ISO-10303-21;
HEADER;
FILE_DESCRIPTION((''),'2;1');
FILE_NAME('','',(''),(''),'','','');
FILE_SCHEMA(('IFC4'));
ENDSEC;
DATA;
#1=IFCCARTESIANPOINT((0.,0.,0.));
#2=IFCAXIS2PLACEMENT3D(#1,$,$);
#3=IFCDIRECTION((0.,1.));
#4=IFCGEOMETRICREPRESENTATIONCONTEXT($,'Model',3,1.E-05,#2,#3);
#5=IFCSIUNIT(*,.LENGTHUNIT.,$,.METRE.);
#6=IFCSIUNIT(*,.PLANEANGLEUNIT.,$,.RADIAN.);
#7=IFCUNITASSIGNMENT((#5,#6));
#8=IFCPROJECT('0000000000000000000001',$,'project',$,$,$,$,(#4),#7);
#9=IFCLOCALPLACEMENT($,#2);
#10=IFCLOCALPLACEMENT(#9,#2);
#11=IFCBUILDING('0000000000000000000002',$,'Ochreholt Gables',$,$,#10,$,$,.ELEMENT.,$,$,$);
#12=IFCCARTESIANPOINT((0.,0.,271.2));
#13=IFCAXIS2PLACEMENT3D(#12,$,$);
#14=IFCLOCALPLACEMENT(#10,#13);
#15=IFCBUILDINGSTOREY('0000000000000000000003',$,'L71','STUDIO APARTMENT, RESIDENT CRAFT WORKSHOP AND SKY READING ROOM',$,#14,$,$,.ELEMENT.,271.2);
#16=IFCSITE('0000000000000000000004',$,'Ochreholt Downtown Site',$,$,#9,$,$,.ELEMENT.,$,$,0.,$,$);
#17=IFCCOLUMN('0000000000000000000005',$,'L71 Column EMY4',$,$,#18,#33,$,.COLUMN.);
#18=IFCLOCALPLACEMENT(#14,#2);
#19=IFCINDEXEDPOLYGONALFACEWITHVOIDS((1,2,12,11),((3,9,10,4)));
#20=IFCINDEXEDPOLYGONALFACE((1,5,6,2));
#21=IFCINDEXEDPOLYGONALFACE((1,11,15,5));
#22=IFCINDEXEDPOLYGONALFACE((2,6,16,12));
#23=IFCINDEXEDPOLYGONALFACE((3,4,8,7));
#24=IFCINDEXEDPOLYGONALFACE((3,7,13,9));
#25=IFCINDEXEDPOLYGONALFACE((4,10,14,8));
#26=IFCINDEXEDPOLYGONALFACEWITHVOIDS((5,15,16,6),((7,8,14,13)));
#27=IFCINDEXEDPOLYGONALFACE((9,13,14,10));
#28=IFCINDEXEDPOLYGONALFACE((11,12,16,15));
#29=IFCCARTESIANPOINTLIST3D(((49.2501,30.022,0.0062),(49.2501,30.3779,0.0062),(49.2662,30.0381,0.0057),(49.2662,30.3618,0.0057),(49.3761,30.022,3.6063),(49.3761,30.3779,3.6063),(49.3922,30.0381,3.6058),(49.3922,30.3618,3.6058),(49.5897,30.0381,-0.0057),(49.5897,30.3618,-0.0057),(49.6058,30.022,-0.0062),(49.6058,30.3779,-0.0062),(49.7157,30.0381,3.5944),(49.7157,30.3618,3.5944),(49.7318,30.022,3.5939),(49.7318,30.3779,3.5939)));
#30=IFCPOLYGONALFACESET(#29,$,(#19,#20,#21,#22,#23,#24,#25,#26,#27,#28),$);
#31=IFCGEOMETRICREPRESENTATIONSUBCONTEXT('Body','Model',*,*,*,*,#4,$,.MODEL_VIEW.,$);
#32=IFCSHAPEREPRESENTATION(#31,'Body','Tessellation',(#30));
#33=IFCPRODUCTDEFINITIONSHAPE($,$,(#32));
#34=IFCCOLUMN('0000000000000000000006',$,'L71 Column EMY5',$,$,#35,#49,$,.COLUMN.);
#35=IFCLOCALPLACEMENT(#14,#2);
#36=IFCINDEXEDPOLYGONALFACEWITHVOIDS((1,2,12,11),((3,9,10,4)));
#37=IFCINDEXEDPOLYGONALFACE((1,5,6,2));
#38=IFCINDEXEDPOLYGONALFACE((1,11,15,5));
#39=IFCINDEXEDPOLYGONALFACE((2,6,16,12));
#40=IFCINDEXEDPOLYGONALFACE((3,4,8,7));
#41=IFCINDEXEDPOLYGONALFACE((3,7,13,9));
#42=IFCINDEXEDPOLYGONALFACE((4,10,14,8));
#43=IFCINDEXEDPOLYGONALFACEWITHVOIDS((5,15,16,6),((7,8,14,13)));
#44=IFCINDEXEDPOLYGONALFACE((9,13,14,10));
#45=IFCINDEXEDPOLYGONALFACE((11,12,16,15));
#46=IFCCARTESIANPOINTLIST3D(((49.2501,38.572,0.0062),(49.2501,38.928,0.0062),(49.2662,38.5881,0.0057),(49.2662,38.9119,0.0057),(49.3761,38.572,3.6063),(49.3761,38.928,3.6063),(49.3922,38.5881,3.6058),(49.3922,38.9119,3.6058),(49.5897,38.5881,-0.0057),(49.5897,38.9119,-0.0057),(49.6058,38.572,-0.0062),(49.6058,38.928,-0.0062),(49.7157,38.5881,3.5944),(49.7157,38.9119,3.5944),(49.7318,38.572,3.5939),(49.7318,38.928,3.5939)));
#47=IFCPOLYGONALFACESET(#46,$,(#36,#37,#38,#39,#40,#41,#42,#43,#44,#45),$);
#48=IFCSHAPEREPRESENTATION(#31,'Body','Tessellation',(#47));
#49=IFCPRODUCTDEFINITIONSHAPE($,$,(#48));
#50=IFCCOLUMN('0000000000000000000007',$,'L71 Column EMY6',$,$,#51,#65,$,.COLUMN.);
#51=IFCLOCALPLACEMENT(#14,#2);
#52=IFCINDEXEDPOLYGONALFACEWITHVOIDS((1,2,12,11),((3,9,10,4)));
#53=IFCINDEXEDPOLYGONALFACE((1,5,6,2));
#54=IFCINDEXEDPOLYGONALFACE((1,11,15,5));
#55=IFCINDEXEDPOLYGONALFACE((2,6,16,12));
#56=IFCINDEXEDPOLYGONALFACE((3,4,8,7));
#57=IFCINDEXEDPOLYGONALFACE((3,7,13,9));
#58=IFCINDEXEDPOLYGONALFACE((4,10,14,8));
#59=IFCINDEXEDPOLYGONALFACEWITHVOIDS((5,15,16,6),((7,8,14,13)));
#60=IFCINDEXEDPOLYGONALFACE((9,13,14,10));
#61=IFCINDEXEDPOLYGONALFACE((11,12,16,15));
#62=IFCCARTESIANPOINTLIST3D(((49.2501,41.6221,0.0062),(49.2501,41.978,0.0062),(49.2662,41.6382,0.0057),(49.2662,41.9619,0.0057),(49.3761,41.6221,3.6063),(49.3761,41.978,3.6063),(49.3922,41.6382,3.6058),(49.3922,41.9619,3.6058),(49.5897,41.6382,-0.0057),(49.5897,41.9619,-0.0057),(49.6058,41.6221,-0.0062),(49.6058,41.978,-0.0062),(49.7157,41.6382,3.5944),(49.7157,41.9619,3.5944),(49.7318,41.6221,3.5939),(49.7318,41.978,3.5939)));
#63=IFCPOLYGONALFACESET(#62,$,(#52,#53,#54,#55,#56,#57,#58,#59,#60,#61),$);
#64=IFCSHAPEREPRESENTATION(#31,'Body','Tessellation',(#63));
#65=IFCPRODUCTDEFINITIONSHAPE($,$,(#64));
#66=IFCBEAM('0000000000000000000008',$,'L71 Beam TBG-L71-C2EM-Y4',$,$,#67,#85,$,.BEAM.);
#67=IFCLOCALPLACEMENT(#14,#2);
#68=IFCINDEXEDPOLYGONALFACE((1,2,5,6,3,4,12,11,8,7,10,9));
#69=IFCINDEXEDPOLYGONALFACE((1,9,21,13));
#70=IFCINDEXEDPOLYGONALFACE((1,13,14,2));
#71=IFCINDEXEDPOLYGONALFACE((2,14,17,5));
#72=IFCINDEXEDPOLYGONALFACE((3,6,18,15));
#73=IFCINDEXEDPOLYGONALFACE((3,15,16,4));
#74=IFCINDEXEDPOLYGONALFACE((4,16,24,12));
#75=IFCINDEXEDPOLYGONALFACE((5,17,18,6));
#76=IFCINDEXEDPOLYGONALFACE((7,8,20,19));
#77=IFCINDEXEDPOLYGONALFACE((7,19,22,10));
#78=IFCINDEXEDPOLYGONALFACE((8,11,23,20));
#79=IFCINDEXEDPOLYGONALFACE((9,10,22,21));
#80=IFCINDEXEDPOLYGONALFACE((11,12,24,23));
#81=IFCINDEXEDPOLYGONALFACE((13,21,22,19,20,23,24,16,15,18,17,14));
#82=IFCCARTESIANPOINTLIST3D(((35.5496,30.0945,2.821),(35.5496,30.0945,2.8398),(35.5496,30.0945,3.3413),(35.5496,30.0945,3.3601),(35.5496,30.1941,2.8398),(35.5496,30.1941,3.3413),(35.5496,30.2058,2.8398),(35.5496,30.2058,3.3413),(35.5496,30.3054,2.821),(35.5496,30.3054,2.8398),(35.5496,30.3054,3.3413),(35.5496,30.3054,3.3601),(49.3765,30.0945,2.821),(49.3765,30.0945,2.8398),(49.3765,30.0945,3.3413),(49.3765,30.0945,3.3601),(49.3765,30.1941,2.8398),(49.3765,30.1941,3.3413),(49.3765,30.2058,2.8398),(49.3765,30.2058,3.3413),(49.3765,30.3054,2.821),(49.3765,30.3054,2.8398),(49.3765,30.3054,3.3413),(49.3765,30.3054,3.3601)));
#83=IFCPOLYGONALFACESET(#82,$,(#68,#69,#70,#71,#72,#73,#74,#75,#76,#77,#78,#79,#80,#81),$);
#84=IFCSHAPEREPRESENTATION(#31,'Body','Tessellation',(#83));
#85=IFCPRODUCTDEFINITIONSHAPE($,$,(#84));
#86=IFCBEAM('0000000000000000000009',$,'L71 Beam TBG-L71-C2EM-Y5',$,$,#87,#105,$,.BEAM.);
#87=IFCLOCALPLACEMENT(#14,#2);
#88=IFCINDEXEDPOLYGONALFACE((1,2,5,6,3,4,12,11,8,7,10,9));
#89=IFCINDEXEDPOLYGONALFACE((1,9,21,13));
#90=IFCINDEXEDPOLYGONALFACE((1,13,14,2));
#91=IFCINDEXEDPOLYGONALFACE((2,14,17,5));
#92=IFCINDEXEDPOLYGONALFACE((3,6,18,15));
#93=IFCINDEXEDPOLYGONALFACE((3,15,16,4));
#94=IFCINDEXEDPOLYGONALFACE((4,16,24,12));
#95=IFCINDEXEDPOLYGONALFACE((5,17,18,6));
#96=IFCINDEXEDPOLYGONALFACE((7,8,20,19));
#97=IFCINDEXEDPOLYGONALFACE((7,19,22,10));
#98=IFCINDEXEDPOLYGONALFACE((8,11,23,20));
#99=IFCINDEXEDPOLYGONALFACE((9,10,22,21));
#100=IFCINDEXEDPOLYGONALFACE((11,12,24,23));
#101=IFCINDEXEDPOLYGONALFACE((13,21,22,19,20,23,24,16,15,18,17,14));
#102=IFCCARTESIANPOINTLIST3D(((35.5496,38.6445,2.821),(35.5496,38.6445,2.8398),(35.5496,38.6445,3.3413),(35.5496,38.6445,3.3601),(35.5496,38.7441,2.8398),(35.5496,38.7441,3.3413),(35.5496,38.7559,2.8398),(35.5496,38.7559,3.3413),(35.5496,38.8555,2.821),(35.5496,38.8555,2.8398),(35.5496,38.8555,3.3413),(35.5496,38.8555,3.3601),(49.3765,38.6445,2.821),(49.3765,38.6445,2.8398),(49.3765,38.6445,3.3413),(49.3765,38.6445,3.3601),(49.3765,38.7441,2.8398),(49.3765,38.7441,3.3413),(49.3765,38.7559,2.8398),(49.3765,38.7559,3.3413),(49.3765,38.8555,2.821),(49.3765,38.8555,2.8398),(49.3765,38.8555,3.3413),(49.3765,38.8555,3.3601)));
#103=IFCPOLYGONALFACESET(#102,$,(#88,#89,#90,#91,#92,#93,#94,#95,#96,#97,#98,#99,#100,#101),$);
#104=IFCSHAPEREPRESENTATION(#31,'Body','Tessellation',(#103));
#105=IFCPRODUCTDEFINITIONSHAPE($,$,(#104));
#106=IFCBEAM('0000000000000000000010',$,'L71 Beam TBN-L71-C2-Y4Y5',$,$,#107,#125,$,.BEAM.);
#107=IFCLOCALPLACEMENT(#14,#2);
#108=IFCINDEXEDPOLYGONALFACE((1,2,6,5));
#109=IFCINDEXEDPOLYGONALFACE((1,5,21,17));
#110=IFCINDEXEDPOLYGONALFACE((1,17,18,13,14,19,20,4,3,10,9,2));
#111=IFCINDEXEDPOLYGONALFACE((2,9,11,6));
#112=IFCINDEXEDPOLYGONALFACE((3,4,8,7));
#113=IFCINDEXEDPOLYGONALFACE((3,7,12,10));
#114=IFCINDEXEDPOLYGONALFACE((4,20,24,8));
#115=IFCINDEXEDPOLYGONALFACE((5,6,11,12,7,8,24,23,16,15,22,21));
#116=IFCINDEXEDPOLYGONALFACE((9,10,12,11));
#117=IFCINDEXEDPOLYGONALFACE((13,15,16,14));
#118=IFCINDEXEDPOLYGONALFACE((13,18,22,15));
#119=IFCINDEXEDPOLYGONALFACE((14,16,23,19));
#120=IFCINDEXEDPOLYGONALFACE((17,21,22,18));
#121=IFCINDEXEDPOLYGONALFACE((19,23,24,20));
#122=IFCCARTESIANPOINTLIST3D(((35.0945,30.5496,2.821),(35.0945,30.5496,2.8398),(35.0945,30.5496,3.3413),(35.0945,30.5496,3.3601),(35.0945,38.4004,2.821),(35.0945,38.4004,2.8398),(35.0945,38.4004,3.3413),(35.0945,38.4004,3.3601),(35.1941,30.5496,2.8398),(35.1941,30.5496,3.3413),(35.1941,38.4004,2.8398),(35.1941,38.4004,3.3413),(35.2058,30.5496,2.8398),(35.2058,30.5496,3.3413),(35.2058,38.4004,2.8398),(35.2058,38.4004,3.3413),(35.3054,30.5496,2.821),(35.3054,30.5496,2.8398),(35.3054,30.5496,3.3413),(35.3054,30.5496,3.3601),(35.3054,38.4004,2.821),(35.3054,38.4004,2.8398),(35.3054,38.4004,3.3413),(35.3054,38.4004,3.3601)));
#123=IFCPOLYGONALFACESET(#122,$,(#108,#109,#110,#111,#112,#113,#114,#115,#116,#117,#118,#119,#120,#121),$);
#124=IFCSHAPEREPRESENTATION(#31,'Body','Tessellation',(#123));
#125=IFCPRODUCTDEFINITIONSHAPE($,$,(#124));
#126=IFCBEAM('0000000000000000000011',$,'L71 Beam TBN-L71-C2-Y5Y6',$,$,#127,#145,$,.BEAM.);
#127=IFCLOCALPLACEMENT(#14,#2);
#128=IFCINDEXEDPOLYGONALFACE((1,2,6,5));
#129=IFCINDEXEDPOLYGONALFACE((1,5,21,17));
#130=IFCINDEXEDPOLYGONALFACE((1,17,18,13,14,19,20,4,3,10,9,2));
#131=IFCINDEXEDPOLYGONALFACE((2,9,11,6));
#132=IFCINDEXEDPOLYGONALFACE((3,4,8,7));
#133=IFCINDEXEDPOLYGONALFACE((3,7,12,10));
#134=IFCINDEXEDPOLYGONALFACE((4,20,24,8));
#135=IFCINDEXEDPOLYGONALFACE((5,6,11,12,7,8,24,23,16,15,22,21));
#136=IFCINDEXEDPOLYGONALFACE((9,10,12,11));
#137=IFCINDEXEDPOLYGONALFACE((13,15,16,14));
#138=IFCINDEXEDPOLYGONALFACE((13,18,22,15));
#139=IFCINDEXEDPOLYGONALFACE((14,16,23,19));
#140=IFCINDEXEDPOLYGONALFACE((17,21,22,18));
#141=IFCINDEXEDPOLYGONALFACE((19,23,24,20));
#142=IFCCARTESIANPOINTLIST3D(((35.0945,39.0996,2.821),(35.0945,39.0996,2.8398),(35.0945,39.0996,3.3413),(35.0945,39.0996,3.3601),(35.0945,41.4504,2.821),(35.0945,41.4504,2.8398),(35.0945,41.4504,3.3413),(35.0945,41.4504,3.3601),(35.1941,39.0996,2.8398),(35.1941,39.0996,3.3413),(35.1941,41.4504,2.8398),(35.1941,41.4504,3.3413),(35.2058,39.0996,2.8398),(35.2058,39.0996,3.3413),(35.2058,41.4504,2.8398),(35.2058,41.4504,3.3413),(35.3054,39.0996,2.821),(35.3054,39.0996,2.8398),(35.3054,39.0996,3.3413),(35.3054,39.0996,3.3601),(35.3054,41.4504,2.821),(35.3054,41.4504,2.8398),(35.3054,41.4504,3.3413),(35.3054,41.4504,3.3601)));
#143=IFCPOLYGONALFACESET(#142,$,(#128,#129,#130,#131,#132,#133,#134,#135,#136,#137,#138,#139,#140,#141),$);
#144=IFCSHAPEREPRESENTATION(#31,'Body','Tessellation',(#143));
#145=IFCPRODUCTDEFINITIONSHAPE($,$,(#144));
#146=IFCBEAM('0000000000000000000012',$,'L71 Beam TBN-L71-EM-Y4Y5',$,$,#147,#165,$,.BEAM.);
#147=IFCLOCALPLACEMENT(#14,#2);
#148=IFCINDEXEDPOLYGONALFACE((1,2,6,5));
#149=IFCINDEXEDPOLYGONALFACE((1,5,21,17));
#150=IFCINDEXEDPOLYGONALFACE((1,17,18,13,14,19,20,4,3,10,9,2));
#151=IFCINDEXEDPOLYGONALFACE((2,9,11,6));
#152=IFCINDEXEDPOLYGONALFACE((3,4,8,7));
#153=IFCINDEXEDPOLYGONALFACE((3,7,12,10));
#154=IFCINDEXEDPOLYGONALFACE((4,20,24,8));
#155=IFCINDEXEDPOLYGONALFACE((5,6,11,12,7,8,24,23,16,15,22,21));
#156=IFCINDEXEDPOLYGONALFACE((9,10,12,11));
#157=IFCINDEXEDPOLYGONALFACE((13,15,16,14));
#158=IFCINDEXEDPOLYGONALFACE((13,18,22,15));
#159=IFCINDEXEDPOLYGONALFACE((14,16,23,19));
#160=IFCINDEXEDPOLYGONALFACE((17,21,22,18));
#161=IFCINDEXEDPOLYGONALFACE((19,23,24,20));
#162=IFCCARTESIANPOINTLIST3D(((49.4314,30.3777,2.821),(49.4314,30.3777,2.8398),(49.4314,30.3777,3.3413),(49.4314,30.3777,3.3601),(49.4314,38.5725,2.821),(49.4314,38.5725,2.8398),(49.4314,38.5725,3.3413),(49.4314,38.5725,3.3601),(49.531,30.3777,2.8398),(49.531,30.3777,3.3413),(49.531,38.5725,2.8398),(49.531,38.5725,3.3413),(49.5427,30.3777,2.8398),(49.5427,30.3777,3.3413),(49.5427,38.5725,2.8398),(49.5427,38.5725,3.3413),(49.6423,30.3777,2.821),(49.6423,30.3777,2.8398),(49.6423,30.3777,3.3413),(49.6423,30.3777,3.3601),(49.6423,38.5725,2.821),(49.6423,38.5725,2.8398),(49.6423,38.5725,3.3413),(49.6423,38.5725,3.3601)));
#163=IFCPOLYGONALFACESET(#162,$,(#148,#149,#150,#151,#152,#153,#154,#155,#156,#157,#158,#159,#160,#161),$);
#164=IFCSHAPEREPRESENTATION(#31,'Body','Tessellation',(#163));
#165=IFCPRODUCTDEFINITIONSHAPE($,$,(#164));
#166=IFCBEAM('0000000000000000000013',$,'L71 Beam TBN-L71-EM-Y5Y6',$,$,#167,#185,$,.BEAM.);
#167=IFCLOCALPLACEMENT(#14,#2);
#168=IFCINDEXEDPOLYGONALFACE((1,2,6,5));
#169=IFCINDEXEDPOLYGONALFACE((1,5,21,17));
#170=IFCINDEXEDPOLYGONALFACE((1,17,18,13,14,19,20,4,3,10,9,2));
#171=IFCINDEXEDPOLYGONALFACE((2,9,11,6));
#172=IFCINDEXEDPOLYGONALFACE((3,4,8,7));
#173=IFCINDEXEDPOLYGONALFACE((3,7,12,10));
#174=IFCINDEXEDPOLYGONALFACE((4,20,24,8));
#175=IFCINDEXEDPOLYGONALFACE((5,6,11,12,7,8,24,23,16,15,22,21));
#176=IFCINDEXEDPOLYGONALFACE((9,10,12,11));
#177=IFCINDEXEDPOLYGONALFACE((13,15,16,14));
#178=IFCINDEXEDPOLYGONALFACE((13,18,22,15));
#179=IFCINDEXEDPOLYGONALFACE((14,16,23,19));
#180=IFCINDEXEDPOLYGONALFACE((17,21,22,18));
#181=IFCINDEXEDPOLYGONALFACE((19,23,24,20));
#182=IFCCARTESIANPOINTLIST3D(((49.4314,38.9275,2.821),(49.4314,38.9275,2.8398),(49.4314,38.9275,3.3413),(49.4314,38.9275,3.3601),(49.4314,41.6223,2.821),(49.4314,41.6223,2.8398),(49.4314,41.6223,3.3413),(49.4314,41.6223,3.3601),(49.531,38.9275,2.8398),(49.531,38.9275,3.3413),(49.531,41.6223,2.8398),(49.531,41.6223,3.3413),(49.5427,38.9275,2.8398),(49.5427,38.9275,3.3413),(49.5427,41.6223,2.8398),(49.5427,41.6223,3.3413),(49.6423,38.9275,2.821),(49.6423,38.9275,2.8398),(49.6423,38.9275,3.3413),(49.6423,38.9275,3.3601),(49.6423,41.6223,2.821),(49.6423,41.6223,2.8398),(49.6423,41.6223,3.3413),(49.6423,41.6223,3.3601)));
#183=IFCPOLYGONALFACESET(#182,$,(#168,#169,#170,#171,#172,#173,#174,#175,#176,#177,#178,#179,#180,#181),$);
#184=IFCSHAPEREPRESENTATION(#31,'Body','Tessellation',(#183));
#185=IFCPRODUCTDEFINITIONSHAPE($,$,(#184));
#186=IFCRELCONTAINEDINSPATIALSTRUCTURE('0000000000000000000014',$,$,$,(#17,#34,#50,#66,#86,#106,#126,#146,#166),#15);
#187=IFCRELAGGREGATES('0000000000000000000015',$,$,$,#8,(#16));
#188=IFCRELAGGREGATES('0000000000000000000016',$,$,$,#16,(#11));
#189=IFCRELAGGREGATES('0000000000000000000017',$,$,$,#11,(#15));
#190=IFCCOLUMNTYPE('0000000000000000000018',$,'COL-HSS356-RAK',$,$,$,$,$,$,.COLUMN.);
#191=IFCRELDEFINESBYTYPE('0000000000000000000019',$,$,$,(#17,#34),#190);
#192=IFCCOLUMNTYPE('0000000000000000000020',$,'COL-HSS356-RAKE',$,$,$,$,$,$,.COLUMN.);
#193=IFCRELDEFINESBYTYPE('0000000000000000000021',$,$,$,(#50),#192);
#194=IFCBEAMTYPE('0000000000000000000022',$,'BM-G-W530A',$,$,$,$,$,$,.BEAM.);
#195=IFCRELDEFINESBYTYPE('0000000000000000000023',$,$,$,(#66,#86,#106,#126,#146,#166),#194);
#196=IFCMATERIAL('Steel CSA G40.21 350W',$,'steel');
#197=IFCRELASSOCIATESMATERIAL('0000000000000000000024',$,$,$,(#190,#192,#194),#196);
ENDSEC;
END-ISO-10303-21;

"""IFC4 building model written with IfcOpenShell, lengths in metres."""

from ifc_helpers import new_model, si_unit, direction, frame, origin, origin_2d, place, context, subcontext, project, spatial, hollow_rectangle, i_section, extrude, material, material_profile, profile_set, type_object, element, save


model = new_model("IFC4")

# Units and contexts
model_context = context("Model", 3, precision=1e-05, world=origin(), true_north=direction((0.0, 1.0)))
body_context = subcontext(model_context, "Body", "Model", "MODEL_VIEW")
ifc_project = project(units=[si_unit("LENGTHUNIT", "METRE"), si_unit("PLANEANGLEUNIT", "RADIAN")], contexts=[model_context])

# Site, building, storey
site_placement = place(None, origin())
site = spatial("IfcSite", under=ifc_project, at=site_placement, Name="Ochreholt Downtown Site", CompositionType="ELEMENT", RefElevation=0.0)
building_placement = place(site_placement, origin())
building = spatial("IfcBuilding", under=site, at=building_placement, Name="Ochreholt Gables", CompositionType="ELEMENT")
storey_placement = place(building_placement, frame((0.0, 0.0, 271.2)))
storey = spatial("IfcBuildingStorey", under=building, at=storey_placement, Name="L71", Description="STUDIO APARTMENT, RESIDENT CRAFT WORKSHOP AND SKY READING ROOM", CompositionType="ELEMENT", Elevation=271.2)

# Columns
ifc_material_1 = material(Name="Steel CSA G40.21 350W", Category="steel")
ifc_material_profile_1 = material_profile(ifc_material_1, hollow_rectangle(XDim=0.356, YDim=0.356, WallThickness=0.0161, at=origin_2d()), Name="HSS356X356X16")
ifc_profile_set_1 = profile_set([ifc_material_profile_1], Name="Steel CSA G40.21 350W")
column_type_1 = type_object("IfcColumnType", Name="COL-HSS356-RAK", PredefinedType="COLUMN", material=ifc_profile_set_1)
for number, where, z_axis, x_axis, name in (
    (1, (49.428, 30.2, 0.0), (0.034971, 0.0, 0.999388), (0.0, 1.0, 0.0), "L71 Column EMY4"),
    (2, (49.428, 38.75, 0.0), (0.034971, 0.0, 0.999388), (0.0, 1.0, 0.0), "L71 Column EMY5"),
):
    element("IfcColumn", number, at=place(storey_placement, frame(where, z_axis=z_axis, x_axis=x_axis)), inside=storey, type_object=column_type_1, Name=name, PredefinedType="COLUMN", context=body_context, shape_type="SweptSolid", body=[
        extrude(hollow_rectangle(XDim=0.356, YDim=0.356, WallThickness=0.0161, at=origin_2d()), origin(), (0.0, 0.0, 1.0), 3.6023),
    ])
ifc_material_profile_2 = material_profile(ifc_material_1, hollow_rectangle(XDim=0.356, YDim=0.356, WallThickness=0.0161, at=origin_2d()), Name="HSS356X356X16")
ifc_profile_set_2 = profile_set([ifc_material_profile_2], Name="Steel CSA G40.21 350W")
column_type_2 = type_object("IfcColumnType", Name="COL-HSS356-RAKE", PredefinedType="COLUMN", material=ifc_profile_set_2)
column_placement = place(storey_placement, frame((49.428, 41.8, 0.0), z_axis=(0.034971, 0.0, 0.999388), x_axis=(0.0, 1.0, 0.0)))
element("IfcColumn", 3, at=column_placement, inside=storey, type_object=column_type_2, Name="L71 Column EMY6", PredefinedType="COLUMN", context=body_context, shape_type="SweptSolid", body=[
    extrude(hollow_rectangle(XDim=0.356, YDim=0.356, WallThickness=0.0161, at=origin_2d()), origin(), (0.0, 0.0, 1.0), 3.6023),
])

# Beams
ifc_material_profile_3 = material_profile(ifc_material_1, i_section(OverallWidth=0.2109, OverallDepth=0.5391, WebThickness=0.0117, FlangeThickness=0.0188, at=origin_2d()), Name="W530X109")
ifc_profile_set_3 = profile_set([ifc_material_profile_3], Name="Steel CSA G40.21 350W")
beam_type_1 = type_object("IfcBeamType", Name="BM-G-W530A", PredefinedType="BEAM", material=ifc_profile_set_3)
for number, where, z_axis, x_axis, name in (
    (4, (35.5496, 30.2, 3.0906), (1.0, 0.0, 0.0), (0.0, 1.0, 0.0), "L71 Beam TBG-L71-C2EM-Y4"),
    (5, (35.5496, 38.75, 3.0906), (1.0, 0.0, 0.0), (0.0, 1.0, 0.0), "L71 Beam TBG-L71-C2EM-Y5"),
):
    element("IfcBeam", number, at=place(storey_placement, frame(where, z_axis=z_axis, x_axis=x_axis)), inside=storey, type_object=beam_type_1, Name=name, PredefinedType="BEAM", context=body_context, shape_type="SweptSolid", body=[
        extrude(i_section(OverallWidth=0.2109, OverallDepth=0.5391, WebThickness=0.0117, FlangeThickness=0.0188, at=origin_2d()), origin(), (0.0, 0.0, 1.0), 13.8269),
    ])
beam_1_placement = place(storey_placement, frame((35.2, 30.5496, 3.0906), z_axis=(0.0, 1.0, 0.0), x_axis=(-1.0, 0.0, 0.0)))
element("IfcBeam", 6, at=beam_1_placement, inside=storey, type_object=beam_type_1, Name="L71 Beam TBN-L71-C2-Y4Y5", PredefinedType="BEAM", context=body_context, shape_type="SweptSolid", body=[
    extrude(i_section(OverallWidth=0.2109, OverallDepth=0.5391, WebThickness=0.0117, FlangeThickness=0.0188, at=origin_2d()), origin(), (0.0, 0.0, 1.0), 7.8508),
])
beam_2_placement = place(storey_placement, frame((35.2, 39.0996, 3.0906), z_axis=(0.0, 1.0, 0.0), x_axis=(-1.0, 0.0, 0.0)))
element("IfcBeam", 7, at=beam_2_placement, inside=storey, type_object=beam_type_1, Name="L71 Beam TBN-L71-C2-Y5Y6", PredefinedType="BEAM", context=body_context, shape_type="SweptSolid", body=[
    extrude(i_section(OverallWidth=0.2109, OverallDepth=0.5391, WebThickness=0.0117, FlangeThickness=0.0188, at=origin_2d()), origin(), (0.0, 0.0, 1.0), 2.3508),
])
beam_3_placement = place(storey_placement, frame((49.5369, 30.3777, 3.0906), z_axis=(0.0, 1.0, 0.0), x_axis=(-1.0, 0.0, 0.0)))
element("IfcBeam", 8, at=beam_3_placement, inside=storey, type_object=beam_type_1, Name="L71 Beam TBN-L71-EM-Y4Y5", PredefinedType="BEAM", context=body_context, shape_type="SweptSolid", body=[
    extrude(i_section(OverallWidth=0.2109, OverallDepth=0.5391, WebThickness=0.0117, FlangeThickness=0.0188, at=origin_2d()), origin(), (0.0, 0.0, 1.0), 8.1948),
])
beam_4_placement = place(storey_placement, frame((49.5369, 38.9275, 3.0906), z_axis=(0.0, 1.0, 0.0), x_axis=(-1.0, 0.0, 0.0)))
element("IfcBeam", 9, at=beam_4_placement, inside=storey, type_object=beam_type_1, Name="L71 Beam TBN-L71-EM-Y5Y6", PredefinedType="BEAM", context=body_context, shape_type="SweptSolid", body=[
    extrude(i_section(OverallWidth=0.2109, OverallDepth=0.5391, WebThickness=0.0117, FlangeThickness=0.0188, at=origin_2d()), origin(), (0.0, 0.0, 1.0), 2.6948),
])

save(model, "model.ifc")
